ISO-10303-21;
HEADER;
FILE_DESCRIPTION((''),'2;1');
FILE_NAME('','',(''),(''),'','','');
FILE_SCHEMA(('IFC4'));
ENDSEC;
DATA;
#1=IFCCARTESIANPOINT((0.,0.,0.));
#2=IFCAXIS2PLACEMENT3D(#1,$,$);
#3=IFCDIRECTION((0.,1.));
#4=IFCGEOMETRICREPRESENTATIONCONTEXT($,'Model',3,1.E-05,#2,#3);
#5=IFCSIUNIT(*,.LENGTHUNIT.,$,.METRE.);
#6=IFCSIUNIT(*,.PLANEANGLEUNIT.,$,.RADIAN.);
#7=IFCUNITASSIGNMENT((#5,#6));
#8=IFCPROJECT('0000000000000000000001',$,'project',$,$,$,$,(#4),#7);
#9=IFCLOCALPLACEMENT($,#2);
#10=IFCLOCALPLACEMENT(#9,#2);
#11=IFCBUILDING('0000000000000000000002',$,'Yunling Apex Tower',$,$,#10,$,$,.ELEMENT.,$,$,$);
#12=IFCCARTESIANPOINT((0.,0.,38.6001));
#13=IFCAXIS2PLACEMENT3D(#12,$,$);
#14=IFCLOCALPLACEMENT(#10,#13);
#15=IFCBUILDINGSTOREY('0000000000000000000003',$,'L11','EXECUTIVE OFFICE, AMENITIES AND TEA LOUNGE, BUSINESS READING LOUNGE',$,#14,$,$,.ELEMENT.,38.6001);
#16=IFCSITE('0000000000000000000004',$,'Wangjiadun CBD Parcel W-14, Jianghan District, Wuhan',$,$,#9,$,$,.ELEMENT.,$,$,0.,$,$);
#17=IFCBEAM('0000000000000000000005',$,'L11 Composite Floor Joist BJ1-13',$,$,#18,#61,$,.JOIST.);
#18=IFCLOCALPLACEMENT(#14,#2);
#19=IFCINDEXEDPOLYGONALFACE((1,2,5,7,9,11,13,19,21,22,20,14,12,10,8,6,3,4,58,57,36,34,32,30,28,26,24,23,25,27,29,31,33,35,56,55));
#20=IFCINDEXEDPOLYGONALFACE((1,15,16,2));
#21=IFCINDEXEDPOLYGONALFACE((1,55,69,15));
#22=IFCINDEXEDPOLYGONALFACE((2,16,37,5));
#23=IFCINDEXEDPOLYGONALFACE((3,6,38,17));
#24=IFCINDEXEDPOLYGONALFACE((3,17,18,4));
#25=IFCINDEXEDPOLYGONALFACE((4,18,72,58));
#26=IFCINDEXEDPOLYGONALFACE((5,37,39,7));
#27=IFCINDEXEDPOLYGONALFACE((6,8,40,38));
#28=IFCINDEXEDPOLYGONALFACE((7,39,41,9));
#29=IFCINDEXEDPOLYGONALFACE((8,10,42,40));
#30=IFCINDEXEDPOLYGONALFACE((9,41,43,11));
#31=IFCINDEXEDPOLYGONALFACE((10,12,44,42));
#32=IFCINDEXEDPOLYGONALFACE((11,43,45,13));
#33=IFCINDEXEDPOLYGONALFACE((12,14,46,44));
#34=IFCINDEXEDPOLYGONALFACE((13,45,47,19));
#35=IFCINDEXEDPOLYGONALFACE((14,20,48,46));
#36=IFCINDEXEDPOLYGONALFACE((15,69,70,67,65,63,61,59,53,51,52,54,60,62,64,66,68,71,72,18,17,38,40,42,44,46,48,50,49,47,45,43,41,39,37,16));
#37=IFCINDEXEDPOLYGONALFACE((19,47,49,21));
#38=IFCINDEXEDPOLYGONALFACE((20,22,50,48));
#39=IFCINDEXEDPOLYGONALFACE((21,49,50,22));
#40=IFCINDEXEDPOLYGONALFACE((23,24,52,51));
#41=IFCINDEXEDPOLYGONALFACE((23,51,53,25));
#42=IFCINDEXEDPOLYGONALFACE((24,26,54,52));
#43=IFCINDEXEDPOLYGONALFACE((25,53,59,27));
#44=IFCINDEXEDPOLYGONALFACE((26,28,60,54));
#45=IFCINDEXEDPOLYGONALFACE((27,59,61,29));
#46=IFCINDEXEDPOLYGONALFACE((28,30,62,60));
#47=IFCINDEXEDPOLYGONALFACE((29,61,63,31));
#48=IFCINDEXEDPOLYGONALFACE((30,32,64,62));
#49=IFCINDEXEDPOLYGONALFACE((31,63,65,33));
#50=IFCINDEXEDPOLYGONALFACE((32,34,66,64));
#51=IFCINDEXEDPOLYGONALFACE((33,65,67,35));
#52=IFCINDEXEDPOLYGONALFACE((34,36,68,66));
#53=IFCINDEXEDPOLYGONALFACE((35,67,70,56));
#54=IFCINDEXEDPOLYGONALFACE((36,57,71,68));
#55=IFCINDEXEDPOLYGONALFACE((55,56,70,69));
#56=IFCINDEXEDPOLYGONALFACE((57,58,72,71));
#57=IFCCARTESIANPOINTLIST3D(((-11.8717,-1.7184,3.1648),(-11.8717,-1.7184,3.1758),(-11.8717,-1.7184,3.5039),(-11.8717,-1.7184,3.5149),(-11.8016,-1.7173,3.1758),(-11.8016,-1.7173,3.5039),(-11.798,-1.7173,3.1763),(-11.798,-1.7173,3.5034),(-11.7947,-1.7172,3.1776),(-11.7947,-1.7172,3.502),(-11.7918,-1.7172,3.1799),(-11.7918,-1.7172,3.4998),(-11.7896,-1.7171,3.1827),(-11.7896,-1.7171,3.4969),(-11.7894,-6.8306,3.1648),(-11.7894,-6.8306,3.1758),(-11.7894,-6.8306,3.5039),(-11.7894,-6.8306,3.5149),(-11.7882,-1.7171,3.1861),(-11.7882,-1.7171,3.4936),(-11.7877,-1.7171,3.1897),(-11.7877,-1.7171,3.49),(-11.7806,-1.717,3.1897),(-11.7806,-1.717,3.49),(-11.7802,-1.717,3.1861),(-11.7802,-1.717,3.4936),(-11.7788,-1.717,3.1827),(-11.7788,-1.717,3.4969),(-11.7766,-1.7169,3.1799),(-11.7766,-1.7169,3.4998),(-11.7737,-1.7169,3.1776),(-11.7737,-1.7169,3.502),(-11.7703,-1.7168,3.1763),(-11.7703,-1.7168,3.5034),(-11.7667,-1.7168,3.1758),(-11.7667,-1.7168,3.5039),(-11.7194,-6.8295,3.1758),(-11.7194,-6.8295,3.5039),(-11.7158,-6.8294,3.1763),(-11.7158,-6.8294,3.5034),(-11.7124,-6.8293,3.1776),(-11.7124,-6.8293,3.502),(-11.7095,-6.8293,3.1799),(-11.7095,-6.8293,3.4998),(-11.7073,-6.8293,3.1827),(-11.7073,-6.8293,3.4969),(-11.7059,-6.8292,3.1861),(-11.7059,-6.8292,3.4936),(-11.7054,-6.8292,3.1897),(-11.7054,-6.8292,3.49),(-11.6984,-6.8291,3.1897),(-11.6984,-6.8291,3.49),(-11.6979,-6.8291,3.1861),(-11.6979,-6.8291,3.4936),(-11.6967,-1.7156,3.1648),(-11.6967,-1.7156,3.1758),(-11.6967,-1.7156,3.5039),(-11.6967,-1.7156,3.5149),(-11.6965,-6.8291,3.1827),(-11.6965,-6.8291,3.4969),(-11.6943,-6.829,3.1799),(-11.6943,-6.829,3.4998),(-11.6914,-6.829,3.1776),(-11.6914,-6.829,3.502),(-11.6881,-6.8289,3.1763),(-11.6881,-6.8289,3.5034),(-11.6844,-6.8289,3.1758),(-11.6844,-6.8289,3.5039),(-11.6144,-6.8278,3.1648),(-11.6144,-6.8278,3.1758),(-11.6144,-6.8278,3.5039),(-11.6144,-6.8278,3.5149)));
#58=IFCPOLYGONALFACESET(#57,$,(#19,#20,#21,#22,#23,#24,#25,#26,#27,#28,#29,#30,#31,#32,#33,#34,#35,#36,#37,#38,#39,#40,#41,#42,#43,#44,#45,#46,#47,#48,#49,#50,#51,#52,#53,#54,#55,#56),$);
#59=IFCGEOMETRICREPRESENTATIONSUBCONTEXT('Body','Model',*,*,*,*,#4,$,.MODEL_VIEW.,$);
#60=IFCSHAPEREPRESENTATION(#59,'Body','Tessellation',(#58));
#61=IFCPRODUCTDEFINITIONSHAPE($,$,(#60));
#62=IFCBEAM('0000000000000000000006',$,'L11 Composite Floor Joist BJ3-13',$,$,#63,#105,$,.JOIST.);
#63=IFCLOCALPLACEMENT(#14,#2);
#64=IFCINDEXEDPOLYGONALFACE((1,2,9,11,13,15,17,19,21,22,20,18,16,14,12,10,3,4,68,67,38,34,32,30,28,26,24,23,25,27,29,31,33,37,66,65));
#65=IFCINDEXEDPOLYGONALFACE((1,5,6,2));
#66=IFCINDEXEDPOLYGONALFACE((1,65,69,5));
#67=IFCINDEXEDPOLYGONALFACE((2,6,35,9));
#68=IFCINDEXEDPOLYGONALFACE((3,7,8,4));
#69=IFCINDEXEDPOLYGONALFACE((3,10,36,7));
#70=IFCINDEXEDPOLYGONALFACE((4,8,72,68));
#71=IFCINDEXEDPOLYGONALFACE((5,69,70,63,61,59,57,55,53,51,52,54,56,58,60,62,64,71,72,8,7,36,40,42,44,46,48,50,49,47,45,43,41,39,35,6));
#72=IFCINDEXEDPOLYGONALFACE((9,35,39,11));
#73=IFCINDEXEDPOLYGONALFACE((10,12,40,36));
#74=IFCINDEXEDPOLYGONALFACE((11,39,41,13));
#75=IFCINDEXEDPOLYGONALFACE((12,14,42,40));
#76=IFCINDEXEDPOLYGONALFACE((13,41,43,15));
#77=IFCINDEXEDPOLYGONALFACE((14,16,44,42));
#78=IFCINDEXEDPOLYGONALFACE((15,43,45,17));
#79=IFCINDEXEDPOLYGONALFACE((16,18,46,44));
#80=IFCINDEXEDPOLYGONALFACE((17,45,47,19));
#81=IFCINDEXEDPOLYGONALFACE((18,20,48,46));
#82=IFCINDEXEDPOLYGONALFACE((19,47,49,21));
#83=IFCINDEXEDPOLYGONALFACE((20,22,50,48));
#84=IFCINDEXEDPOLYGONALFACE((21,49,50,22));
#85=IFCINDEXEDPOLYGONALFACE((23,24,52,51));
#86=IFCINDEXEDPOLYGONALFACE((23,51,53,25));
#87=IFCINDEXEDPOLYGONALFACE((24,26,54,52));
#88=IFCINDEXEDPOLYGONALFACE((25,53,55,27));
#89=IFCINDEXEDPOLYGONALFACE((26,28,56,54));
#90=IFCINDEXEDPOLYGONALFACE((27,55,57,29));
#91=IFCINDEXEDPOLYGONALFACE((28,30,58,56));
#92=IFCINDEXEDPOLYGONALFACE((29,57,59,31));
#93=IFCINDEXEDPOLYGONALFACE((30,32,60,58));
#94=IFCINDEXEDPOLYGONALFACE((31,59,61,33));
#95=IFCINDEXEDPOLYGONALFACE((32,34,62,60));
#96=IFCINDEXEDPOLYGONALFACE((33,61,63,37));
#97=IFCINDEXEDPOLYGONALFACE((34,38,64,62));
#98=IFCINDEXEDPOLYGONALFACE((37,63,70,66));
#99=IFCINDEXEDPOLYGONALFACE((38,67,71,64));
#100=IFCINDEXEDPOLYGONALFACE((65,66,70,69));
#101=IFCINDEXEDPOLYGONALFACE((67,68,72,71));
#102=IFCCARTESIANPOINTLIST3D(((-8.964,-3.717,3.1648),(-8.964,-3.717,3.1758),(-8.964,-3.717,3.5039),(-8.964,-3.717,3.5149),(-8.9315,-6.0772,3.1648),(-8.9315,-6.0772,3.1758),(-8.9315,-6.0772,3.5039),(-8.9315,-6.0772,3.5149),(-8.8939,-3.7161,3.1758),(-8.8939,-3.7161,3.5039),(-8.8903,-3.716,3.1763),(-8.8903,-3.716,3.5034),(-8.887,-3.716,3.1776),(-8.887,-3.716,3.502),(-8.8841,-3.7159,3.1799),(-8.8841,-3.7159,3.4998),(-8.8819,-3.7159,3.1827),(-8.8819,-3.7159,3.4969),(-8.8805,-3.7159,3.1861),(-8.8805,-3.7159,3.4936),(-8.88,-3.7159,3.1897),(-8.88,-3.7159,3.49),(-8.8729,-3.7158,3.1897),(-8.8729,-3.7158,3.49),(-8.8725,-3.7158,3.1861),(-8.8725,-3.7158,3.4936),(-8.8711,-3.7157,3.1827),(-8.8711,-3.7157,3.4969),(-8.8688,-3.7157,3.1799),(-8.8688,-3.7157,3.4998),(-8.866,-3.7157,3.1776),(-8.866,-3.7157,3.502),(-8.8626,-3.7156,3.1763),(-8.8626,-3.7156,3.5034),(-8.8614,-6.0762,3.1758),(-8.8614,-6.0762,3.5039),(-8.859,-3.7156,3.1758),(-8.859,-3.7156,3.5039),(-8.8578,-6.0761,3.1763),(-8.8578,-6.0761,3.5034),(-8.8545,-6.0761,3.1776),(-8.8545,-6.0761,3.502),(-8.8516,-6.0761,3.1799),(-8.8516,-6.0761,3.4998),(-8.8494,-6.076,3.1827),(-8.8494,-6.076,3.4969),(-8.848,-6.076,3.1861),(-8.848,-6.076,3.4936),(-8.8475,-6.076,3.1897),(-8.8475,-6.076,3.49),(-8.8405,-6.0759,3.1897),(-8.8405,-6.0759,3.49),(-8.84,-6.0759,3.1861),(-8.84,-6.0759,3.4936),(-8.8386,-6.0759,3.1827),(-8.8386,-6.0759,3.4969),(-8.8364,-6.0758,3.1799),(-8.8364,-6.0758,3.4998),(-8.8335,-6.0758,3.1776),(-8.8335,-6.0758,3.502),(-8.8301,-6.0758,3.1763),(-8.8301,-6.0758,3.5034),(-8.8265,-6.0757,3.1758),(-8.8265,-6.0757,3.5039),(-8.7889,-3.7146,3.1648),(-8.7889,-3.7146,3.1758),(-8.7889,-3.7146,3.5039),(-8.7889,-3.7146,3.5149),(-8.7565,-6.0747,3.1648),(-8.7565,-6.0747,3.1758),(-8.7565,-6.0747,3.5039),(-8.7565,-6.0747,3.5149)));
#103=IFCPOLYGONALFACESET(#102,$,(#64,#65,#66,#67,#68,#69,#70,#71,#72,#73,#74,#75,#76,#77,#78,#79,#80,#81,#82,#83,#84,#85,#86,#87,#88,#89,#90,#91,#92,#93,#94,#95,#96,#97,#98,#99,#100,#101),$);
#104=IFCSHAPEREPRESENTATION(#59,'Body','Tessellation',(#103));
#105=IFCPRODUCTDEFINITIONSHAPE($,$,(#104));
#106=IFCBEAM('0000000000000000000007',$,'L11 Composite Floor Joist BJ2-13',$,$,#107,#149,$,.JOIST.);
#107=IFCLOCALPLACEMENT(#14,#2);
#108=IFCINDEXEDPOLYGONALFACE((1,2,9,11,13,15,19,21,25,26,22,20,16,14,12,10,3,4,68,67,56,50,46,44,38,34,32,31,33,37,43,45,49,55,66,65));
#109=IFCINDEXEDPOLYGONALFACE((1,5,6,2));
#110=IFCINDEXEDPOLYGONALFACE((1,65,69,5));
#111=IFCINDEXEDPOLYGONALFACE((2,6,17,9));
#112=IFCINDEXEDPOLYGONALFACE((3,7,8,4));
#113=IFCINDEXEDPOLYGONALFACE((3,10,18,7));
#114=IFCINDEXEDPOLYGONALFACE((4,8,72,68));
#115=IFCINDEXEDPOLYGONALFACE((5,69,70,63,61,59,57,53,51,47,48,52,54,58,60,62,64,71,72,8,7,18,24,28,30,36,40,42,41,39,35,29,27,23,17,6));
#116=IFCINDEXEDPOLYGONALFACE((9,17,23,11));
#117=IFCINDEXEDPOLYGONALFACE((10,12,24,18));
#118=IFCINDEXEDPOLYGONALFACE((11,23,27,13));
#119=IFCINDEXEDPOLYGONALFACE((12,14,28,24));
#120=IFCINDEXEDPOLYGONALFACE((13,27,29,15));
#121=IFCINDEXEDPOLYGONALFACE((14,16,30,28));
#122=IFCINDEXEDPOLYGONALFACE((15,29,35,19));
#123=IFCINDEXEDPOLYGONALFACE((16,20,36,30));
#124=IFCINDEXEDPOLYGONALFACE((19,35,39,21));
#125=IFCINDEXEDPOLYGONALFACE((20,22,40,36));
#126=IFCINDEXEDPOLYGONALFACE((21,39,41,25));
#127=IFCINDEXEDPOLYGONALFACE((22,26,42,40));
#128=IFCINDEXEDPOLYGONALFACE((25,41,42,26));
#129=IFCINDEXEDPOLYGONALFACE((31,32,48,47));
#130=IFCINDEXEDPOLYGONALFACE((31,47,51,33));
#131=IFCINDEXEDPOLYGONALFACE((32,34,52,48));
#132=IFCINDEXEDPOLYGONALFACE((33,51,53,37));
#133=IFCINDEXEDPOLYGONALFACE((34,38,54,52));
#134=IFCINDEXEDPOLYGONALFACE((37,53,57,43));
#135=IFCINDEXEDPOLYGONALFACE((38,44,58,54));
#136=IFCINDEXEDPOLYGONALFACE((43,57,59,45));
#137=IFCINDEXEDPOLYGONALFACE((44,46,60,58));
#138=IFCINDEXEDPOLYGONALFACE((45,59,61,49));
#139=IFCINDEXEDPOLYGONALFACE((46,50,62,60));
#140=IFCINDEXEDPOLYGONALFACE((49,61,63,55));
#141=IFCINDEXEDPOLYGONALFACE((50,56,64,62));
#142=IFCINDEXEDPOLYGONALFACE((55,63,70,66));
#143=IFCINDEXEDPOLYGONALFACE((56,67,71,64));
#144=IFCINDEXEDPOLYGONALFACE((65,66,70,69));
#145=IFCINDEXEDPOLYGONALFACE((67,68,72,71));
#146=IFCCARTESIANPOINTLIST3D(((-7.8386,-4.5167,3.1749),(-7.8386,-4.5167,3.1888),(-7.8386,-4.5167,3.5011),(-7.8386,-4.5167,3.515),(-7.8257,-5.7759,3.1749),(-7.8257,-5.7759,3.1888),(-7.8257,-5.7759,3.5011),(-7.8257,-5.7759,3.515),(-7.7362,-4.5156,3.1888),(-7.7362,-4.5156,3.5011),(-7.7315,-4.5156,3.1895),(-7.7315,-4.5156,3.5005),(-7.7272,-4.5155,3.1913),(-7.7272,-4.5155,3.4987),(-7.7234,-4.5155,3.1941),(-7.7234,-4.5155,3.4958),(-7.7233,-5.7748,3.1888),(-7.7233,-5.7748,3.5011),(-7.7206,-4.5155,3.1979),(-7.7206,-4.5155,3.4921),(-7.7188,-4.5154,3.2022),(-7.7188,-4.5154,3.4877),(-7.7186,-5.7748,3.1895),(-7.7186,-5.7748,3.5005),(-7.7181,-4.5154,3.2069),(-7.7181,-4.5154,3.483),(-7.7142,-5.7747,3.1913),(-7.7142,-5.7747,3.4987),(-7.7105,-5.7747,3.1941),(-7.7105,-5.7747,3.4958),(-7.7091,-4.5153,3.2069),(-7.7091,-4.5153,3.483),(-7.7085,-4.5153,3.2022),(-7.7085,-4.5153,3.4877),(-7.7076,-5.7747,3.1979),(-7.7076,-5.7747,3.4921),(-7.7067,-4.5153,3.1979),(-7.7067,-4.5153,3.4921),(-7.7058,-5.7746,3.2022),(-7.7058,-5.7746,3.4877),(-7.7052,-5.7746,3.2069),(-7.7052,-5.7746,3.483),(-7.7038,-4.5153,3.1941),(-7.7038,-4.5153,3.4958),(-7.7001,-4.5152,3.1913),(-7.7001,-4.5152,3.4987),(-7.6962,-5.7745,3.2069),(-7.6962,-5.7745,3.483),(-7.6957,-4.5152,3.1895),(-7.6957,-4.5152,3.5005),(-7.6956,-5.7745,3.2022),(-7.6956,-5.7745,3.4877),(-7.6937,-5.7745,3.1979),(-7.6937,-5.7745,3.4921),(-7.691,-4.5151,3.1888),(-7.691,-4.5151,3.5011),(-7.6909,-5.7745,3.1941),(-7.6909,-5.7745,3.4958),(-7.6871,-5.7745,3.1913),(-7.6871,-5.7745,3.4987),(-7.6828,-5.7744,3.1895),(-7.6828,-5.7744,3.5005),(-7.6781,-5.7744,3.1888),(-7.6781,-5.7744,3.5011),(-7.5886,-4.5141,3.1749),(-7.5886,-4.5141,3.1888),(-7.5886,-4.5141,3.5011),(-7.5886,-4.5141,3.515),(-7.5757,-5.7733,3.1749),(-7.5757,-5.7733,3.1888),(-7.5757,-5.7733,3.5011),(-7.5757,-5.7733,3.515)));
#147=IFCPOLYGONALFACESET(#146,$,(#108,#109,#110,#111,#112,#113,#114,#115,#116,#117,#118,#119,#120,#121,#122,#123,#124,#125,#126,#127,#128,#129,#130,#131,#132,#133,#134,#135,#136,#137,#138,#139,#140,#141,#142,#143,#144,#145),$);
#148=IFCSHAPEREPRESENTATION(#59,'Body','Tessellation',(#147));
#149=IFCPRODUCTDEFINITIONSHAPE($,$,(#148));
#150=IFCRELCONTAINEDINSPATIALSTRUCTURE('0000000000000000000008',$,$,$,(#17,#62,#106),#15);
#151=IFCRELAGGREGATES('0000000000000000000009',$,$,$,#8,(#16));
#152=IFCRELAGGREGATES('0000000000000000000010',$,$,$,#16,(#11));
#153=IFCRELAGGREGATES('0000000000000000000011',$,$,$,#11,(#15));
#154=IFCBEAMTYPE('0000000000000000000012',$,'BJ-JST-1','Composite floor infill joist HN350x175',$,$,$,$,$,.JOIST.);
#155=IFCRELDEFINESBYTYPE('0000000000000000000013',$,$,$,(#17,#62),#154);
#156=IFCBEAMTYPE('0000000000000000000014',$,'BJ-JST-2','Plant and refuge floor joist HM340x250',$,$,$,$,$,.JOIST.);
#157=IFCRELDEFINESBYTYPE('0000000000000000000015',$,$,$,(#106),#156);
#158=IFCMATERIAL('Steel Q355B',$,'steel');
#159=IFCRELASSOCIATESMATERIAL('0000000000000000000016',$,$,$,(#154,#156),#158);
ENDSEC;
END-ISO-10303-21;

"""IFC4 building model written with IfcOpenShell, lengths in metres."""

from ifc_helpers import new_model, si_unit, direction, frame, origin, origin_2d, place, context, subcontext, project, spatial, i_section, extrude, source, transform, mapped, material, material_profile, profile_set, type_object, element, save


model = new_model("IFC4")

# Units and contexts
model_context = context("Model", 3, precision=1e-05, world=origin(), true_north=direction((0.0, 1.0)))
body_context = subcontext(model_context, "Body", "Model", "MODEL_VIEW")
ifc_project = project(units=[si_unit("LENGTHUNIT", "METRE"), si_unit("PLANEANGLEUNIT", "RADIAN")], contexts=[model_context])

# Site, building, storey
site_placement = place(None, origin())
site = spatial("IfcSite", under=ifc_project, at=site_placement, Name="Wangjiadun CBD Parcel W-14, Jianghan District, Wuhan", CompositionType="ELEMENT", RefElevation=0.0)
building_placement = place(site_placement, origin())
building = spatial("IfcBuilding", under=site, at=building_placement, Name="Yunling Apex Tower", CompositionType="ELEMENT")
storey_placement = place(building_placement, frame((0.0, 0.0, 38.6001)))
storey = spatial("IfcBuildingStorey", under=building, at=storey_placement, Name="L11", Description="EXECUTIVE OFFICE, AMENITIES AND TEA LOUNGE, BUSINESS READING LOUNGE", CompositionType="ELEMENT", Elevation=38.6001)

# Beams
ifc_material_1 = material(Name="Steel Q355B", Category="steel")
ifc_material_profile_1 = material_profile(ifc_material_1, i_section(OverallWidth=0.175, OverallDepth=0.3501, WebThickness=0.0071, FlangeThickness=0.011, FilletRadius=0.0139, at=origin_2d()))
ifc_profile_set_1 = profile_set([ifc_material_profile_1], Name="Steel Q355B")
beam_type_1 = type_object("IfcBeamType", Name="BJ-JST-1", Description="Composite floor infill joist HN350x175", PredefinedType="JOIST", material=ifc_profile_set_1)
shared_shape_1 = source(origin(), body_context, "Body", "SweptSolid", [
    extrude(i_section(OverallWidth=0.175, OverallDepth=0.3501, WebThickness=0.0071, FlangeThickness=0.011, FilletRadius=0.0139, at=origin_2d()), origin(), (0.0, 0.0, 1.0), 5.1128),
])
beam_1_placement = place(storey_placement, frame((-11.7842, -1.717, 3.3398), z_axis=(0.016092, -0.999871, 0.0), x_axis=(0.999871, 0.016092, 0.0)))
element("IfcBeam", 1, at=beam_1_placement, inside=storey, type_object=beam_type_1, Name="L11 Composite Floor Joist BJ1-13", PredefinedType="JOIST", context=body_context, shape_type="MappedRepresentation", body=[
    mapped(shared_shape_1, transform((0.0, 0.0, 0.0), scale=1.0)),
])
shared_shape_2 = source(origin(), body_context, "Body", "SweptSolid", [
    extrude(i_section(OverallWidth=0.175, OverallDepth=0.3501, WebThickness=0.0071, FlangeThickness=0.011, FilletRadius=0.0139, at=origin_2d()), origin(), (0.0, 0.0, 1.0), 2.3604),
])
beam_2_placement = place(storey_placement, frame((-8.8765, -3.7158, 3.3398), z_axis=(0.013757, -0.999905, 0.0), x_axis=(0.999905, 0.013757, 0.0)))
element("IfcBeam", 2, at=beam_2_placement, inside=storey, type_object=beam_type_1, Name="L11 Composite Floor Joist BJ3-13", PredefinedType="JOIST", context=body_context, shape_type="MappedRepresentation", body=[
    mapped(shared_shape_2, transform((0.0, 0.0, 0.0), scale=1.0)),
])
ifc_material_profile_2 = material_profile(ifc_material_1, i_section(OverallWidth=0.25, OverallDepth=0.3401, WebThickness=0.009, FlangeThickness=0.0139, FilletRadius=0.0181, at=origin_2d()))
ifc_profile_set_2 = profile_set([ifc_material_profile_2], Name="Steel Q355B")
beam_type_2 = type_object("IfcBeamType", Name="BJ-JST-2", Description="Plant and refuge floor joist HM340x250", PredefinedType="JOIST", material=ifc_profile_set_2)
shared_shape_3 = source(origin(), body_context, "Body", "SweptSolid", [
    extrude(i_section(OverallWidth=0.25, OverallDepth=0.3401, WebThickness=0.009, FlangeThickness=0.0139, FilletRadius=0.0181, at=origin_2d()), origin(), (0.0, 0.0, 1.0), 1.2593),
])
beam_3_placement = place(storey_placement, frame((-7.7136, -4.5154, 3.345), z_axis=(0.010275, -0.999947, 0.0), x_axis=(0.999947, 0.010275, 0.0)))
element("IfcBeam", 3, at=beam_3_placement, inside=storey, type_object=beam_type_2, Name="L11 Composite Floor Joist BJ2-13", PredefinedType="JOIST", context=body_context, shape_type="MappedRepresentation", body=[
    mapped(shared_shape_3, transform((0.0, 0.0, 0.0), scale=1.0)),
])

save(model, "model.ifc")
